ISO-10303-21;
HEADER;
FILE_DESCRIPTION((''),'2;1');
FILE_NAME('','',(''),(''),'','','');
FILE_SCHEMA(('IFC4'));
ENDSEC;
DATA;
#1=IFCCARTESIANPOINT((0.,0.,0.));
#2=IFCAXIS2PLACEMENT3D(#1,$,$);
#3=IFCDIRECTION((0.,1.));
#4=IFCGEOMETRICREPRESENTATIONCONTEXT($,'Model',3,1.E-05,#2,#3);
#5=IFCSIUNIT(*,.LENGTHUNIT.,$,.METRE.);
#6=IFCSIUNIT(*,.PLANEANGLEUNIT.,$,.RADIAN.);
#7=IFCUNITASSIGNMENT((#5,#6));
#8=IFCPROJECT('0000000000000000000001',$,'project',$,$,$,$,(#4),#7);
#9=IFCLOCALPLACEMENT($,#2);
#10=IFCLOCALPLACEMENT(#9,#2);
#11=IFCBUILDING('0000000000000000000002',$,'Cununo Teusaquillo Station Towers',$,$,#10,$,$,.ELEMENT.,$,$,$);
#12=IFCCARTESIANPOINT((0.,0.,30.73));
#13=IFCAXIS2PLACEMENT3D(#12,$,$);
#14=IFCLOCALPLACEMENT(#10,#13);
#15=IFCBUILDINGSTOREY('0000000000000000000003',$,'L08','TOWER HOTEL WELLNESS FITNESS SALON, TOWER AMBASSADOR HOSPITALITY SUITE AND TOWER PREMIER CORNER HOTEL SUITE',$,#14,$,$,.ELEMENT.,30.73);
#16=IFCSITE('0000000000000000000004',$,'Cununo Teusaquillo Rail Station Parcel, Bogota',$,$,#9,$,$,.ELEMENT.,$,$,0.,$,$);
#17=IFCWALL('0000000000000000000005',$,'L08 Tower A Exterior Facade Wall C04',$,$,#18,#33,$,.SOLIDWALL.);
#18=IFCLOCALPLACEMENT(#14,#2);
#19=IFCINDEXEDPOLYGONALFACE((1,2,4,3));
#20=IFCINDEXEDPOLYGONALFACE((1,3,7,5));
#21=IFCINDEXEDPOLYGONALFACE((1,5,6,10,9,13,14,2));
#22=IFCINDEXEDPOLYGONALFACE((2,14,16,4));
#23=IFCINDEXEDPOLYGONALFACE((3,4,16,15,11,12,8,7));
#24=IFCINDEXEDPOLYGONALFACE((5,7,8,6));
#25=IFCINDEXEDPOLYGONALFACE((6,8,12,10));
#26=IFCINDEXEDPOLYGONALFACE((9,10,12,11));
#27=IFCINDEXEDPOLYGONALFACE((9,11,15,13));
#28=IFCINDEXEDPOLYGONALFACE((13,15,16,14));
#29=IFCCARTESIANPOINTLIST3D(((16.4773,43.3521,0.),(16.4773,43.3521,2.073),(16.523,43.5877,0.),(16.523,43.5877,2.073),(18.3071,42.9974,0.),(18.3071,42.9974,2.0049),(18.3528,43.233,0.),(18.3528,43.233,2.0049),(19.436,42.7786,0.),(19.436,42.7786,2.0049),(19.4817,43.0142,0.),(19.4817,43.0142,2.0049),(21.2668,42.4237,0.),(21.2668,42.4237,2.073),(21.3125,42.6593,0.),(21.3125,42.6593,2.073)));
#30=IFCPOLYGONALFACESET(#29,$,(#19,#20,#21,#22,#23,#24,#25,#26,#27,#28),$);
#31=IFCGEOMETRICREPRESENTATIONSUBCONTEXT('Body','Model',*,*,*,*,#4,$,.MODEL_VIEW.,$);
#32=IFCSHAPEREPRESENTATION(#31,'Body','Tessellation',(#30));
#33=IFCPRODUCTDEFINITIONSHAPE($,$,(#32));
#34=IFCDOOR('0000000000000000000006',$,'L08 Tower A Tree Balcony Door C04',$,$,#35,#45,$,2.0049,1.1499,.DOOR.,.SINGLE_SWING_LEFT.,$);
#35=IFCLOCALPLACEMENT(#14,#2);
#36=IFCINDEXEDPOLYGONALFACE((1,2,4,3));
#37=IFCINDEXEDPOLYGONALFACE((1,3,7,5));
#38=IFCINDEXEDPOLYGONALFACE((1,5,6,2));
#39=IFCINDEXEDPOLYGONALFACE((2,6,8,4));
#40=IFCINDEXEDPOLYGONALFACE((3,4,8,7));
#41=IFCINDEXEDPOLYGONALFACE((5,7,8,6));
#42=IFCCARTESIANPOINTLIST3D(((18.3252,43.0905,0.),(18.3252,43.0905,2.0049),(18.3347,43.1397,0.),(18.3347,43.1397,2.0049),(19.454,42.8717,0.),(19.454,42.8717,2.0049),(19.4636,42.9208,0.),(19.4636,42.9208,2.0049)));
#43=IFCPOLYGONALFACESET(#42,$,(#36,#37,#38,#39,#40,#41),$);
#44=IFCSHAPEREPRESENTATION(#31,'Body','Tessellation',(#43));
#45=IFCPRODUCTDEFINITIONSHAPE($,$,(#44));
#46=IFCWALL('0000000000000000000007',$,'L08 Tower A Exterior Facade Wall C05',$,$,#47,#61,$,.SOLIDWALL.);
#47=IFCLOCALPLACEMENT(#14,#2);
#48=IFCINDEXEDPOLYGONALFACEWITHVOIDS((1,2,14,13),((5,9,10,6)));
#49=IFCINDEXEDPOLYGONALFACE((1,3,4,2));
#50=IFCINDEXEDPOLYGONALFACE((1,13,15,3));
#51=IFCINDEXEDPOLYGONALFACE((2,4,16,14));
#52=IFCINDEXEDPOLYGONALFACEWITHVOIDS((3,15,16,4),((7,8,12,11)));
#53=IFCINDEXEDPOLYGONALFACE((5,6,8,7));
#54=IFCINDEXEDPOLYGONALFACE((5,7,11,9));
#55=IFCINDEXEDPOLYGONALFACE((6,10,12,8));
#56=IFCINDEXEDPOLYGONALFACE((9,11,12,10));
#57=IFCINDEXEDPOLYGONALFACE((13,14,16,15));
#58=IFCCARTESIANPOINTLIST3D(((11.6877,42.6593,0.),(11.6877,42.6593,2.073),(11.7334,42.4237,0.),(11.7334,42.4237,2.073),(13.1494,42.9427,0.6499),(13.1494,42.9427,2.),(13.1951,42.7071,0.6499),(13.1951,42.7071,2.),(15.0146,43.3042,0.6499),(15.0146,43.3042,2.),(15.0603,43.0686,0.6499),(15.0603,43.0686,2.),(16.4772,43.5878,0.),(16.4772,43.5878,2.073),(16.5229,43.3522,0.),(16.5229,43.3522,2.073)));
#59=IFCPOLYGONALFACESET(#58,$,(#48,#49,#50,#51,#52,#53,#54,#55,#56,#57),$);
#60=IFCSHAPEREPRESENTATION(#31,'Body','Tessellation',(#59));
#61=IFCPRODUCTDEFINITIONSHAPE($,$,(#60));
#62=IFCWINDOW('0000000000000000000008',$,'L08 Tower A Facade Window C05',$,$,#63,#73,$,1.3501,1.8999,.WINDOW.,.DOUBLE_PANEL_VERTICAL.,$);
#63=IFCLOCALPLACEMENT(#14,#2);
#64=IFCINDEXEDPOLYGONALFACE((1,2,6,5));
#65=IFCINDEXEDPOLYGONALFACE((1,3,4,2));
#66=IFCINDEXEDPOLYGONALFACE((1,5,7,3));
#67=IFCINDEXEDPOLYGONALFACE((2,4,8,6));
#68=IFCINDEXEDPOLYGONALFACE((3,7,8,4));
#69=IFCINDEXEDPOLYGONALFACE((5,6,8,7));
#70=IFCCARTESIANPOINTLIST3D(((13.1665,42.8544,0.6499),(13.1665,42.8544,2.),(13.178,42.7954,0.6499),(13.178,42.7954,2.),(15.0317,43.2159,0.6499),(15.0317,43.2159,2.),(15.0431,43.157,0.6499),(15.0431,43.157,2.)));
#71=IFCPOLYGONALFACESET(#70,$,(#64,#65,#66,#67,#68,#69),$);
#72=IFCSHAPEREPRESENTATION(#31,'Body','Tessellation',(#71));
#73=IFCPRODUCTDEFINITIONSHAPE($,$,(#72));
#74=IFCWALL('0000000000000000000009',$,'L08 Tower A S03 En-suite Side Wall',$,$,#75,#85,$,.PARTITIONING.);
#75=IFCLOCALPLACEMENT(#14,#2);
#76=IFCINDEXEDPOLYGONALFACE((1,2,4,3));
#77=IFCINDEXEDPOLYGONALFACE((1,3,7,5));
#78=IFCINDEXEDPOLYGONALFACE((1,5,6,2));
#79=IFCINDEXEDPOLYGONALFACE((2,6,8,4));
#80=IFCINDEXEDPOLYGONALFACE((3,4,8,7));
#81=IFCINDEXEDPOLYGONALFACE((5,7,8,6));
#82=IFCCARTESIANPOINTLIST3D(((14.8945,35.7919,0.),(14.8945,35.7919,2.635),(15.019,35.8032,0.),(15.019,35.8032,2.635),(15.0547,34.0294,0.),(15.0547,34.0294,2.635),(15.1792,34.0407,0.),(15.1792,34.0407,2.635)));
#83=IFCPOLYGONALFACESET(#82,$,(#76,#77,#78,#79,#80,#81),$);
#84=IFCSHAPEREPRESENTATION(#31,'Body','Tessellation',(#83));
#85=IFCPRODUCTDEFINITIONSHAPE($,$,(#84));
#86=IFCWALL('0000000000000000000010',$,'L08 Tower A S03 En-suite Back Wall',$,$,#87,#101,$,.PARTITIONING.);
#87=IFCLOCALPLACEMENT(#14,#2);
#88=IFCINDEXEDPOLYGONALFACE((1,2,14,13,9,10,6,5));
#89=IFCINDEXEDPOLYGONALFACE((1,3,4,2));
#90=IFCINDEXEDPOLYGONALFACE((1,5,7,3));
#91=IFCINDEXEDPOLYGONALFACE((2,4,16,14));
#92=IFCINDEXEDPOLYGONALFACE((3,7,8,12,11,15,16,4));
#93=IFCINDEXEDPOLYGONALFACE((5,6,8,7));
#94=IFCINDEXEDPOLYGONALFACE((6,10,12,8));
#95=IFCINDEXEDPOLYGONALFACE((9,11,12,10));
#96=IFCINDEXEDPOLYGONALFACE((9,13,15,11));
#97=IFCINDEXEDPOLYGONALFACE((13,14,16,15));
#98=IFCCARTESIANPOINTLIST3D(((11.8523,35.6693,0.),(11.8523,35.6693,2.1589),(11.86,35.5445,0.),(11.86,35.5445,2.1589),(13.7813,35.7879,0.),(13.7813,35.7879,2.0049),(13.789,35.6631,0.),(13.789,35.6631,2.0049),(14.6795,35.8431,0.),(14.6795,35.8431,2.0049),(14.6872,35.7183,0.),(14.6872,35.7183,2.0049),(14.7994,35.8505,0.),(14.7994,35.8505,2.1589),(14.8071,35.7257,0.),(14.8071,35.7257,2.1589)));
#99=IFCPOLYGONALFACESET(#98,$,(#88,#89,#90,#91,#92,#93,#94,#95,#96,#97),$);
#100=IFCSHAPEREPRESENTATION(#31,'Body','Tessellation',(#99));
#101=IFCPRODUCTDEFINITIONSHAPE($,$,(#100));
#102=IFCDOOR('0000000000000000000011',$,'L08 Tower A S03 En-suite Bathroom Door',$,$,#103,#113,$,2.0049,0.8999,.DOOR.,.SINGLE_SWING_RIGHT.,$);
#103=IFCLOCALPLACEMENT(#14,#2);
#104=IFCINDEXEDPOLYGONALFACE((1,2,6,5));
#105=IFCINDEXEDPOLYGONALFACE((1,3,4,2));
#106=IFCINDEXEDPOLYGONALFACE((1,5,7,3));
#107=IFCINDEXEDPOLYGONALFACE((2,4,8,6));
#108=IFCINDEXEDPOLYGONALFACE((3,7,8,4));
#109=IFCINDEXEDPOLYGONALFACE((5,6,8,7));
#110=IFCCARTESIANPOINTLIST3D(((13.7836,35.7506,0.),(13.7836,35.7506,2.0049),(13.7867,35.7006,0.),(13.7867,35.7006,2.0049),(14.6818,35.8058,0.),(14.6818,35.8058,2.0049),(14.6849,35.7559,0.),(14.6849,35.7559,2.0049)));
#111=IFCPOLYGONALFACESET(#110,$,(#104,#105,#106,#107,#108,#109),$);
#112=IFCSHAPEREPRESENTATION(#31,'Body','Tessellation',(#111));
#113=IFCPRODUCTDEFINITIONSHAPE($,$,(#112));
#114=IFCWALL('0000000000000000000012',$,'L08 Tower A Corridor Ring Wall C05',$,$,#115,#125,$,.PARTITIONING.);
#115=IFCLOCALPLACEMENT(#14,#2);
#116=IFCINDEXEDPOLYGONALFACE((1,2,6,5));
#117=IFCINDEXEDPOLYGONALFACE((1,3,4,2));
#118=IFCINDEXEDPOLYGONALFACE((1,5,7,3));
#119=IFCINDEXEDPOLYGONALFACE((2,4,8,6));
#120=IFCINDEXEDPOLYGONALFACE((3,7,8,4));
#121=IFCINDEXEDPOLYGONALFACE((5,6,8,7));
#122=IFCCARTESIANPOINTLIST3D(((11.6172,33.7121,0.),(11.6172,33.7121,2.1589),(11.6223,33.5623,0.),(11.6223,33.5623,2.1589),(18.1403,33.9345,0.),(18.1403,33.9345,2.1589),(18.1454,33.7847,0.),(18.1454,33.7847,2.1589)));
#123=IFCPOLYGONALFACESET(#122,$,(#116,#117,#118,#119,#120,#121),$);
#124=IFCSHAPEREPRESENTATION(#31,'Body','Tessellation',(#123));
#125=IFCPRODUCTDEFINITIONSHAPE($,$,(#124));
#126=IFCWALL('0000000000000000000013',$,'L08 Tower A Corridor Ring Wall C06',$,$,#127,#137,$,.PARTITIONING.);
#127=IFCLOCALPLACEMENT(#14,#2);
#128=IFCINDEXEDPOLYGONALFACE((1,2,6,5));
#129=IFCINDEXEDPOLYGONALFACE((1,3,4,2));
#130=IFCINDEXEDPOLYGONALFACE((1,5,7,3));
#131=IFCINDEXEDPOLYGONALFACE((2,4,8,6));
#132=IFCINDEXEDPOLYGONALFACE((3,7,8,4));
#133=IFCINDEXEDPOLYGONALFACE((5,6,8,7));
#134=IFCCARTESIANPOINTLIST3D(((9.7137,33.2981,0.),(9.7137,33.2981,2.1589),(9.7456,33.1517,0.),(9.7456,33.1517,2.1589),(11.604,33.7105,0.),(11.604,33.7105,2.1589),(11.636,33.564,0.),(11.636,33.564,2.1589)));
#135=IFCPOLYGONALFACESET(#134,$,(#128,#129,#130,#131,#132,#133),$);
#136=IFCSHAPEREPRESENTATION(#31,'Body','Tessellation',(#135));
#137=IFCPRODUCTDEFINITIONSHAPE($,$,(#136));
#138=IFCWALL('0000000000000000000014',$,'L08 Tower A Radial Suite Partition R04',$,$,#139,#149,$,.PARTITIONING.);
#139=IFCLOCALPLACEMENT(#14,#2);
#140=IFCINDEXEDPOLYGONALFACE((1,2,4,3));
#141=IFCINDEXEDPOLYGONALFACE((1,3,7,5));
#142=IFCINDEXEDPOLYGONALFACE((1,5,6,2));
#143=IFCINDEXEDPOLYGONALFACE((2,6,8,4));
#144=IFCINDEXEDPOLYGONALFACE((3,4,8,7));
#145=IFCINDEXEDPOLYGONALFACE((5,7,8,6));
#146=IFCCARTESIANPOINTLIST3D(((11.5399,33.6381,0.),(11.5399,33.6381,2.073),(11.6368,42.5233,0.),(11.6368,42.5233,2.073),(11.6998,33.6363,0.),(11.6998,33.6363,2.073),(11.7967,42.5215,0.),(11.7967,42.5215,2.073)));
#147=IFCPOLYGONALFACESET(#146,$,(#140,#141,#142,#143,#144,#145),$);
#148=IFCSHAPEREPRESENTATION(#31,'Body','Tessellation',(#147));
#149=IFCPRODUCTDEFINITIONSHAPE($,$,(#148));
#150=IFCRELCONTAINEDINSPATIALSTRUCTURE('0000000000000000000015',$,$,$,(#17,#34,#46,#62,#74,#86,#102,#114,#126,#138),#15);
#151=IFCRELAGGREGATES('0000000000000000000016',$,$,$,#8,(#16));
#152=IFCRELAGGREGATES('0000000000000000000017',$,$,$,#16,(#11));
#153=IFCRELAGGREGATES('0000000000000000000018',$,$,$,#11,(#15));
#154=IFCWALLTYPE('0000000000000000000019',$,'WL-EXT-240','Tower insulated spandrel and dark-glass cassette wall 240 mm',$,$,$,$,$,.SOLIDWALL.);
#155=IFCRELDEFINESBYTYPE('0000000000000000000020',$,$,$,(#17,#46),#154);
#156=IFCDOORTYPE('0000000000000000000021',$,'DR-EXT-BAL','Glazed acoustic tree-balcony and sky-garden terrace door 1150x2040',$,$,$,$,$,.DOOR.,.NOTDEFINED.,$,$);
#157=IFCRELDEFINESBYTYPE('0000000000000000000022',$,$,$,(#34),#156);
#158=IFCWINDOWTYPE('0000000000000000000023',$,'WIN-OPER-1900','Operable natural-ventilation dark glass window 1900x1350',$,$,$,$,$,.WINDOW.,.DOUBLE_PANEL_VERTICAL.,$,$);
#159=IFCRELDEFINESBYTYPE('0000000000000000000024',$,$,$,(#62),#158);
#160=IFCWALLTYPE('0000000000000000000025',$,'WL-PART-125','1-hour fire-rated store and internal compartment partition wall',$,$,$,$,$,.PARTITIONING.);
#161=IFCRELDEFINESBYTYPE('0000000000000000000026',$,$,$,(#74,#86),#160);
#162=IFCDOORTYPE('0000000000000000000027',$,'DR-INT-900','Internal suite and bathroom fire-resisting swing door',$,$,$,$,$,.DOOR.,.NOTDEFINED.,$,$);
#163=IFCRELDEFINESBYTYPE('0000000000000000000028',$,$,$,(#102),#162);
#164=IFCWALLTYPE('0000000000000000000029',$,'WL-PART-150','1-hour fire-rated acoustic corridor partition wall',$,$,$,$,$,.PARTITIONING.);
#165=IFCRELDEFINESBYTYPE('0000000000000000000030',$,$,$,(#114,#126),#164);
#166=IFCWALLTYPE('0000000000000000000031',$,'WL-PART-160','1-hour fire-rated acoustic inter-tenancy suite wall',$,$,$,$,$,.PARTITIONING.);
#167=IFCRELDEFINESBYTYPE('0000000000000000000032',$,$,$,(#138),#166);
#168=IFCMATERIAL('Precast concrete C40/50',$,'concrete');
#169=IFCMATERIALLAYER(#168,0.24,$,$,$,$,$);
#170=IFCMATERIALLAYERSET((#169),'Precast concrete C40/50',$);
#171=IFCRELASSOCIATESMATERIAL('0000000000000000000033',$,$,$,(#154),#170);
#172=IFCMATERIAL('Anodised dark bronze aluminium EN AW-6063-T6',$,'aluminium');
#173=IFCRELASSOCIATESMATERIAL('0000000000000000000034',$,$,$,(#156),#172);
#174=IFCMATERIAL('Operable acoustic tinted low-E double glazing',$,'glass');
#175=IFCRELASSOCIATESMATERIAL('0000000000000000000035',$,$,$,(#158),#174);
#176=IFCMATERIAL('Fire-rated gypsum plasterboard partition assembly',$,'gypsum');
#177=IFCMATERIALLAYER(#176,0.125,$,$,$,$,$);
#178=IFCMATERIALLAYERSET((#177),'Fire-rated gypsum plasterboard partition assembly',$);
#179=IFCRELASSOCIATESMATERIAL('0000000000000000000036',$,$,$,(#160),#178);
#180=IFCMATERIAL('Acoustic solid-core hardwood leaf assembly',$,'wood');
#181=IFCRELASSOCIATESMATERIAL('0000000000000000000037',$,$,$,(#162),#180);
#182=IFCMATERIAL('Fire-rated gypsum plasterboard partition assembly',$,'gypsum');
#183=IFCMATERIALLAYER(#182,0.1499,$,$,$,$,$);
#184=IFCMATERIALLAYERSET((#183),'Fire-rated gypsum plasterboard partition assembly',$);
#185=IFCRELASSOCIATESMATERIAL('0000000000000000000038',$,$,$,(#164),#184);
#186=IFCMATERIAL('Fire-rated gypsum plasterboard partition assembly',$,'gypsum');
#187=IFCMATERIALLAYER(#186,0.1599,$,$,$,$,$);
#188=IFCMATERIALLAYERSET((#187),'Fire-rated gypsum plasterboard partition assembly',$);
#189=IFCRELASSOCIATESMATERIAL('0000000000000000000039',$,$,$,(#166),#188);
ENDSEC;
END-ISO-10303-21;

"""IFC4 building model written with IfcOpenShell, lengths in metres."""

from ifc_helpers import new_model, si_unit, direction, frame, frame_2d, origin, place, context, subcontext, project, spatial, rectangle, extrude, source, transform, mapped, material, layer, layer_set, type_object, element, fill, save


model = new_model("IFC4")

# Units and contexts
model_context = context("Model", 3, precision=1e-05, world=origin(), true_north=direction((0.0, 1.0)))
body_context = subcontext(model_context, "Body", "Model", "MODEL_VIEW")
ifc_project = project(units=[si_unit("LENGTHUNIT", "METRE"), si_unit("PLANEANGLEUNIT", "RADIAN")], contexts=[model_context])

# Site, building, storey
site_placement = place(None, origin())
site = spatial("IfcSite", under=ifc_project, at=site_placement, Name="Cununo Teusaquillo Rail Station Parcel, Bogota", CompositionType="ELEMENT", RefElevation=0.0)
building_placement = place(site_placement, origin())
building = spatial("IfcBuilding", under=site, at=building_placement, Name="Cununo Teusaquillo Station Towers", CompositionType="ELEMENT")
storey_placement = place(building_placement, frame((0.0, 0.0, 30.73)))
storey = spatial("IfcBuildingStorey", under=building, at=storey_placement, Name="L08", Description="TOWER HOTEL WELLNESS FITNESS SALON, TOWER AMBASSADOR HOSPITALITY SUITE AND TOWER PREMIER CORNER HOTEL SUITE", CompositionType="ELEMENT", Elevation=30.73)

# Wall, opening, door
ifc_material_1 = material(Name="Precast concrete C40/50", Category="concrete")
ifc_layer_1 = layer(ifc_material_1, 0.24)
ifc_layer_set_1 = layer_set([ifc_layer_1], Name="Precast concrete C40/50")
wall_type_1 = type_object("IfcWallType", Name="WL-EXT-240", Description="Tower insulated spandrel and dark-glass cassette wall 240 mm", PredefinedType="SOLIDWALL", material=ifc_layer_set_1)
wall_1_placement = place(storey_placement, frame((16.5, 43.47, 0.0), z_axis=(0.0, 0.0, 1.0), x_axis=(0.981724, -0.19031, 0.0)))
wall_1 = element("IfcWall", 1, at=wall_1_placement, inside=storey, type_object=wall_type_1, Name="L08 Tower A Exterior Facade Wall C04", PredefinedType="SOLIDWALL", context=body_context, shape_type="SweptSolid", body=[
    extrude(rectangle(XDim=4.8787, YDim=0.24, at=frame_2d((2.4395, 0.0))), origin(), (0.0, 0.0, 1.0), 2.073),
])
shared_shape_1 = source(origin(), body_context, "Body", "SweptSolid", [
    extrude(rectangle(XDim=1.1499, YDim=2.0049, at=frame_2d((0.575, 1.0024))), frame((0.0, 0.1299, 0.0), z_axis=(0.0, -1.0, 0.0), x_axis=(1.0, 0.0, 0.0)), (0.0, 0.0, 1.0), 0.26),
])
opening_1_placement = place(wall_1_placement, frame((1.864, 0.0, 0.0)))
opening_1 = element("IfcOpeningElement", 2, at=opening_1_placement, cuts=wall_1, PredefinedType="OPENING", context=body_context, shape_type="MappedRepresentation", body=[
    mapped(shared_shape_1, transform((0.0, 0.0, 0.0), x_axis=(1.0, 0.0, 0.0), y_axis=(0.0, 1.0, 0.0), z_axis=(0.0, 0.0, 1.0), scale=1.0)),
])
ifc_material_2 = material(Name="Anodised dark bronze aluminium EN AW-6063-T6", Category="aluminium")
door_type_1 = type_object("IfcDoorType", Name="DR-EXT-BAL", Description="Glazed acoustic tree-balcony and sky-garden terrace door 1150x2040", OperationType="NOTDEFINED", PredefinedType="DOOR", material=ifc_material_2)
shared_shape_2 = source(origin(), body_context, "Body", "SweptSolid", [
    extrude(rectangle(XDim=1.1499, YDim=2.0049, at=frame_2d((0.575, 1.0024))), frame((0.0, 0.0249, 0.0), z_axis=(0.0, -1.0, 0.0), x_axis=(1.0, 0.0, 0.0)), (0.0, 0.0, 1.0), 0.05),
])
door_1_placement = place(opening_1_placement, origin())
door_1 = element("IfcDoor", 3, at=door_1_placement, inside=storey, type_object=door_type_1, Name="L08 Tower A Tree Balcony Door C04", OperationType="SINGLE_SWING_LEFT", OverallHeight=2.0049, OverallWidth=1.1499, PredefinedType="DOOR", context=body_context, shape_type="MappedRepresentation", body=[
    mapped(shared_shape_2, transform((0.0, 0.0, 0.0), x_axis=(1.0, 0.0, 0.0), y_axis=(0.0, 1.0, 0.0), z_axis=(0.0, 0.0, 1.0), scale=1.0)),
])
fill(opening_1, door_1)

# Wall, opening, window
wall_2_placement = place(storey_placement, frame((11.7104, 42.5415, 0.0), z_axis=(0.0, 0.0, 1.0), x_axis=(0.981724, 0.19031, 0.0)))
wall_2 = element("IfcWall", 4, at=wall_2_placement, inside=storey, type_object=wall_type_1, Name="L08 Tower A Exterior Facade Wall C05", PredefinedType="SOLIDWALL", context=body_context, shape_type="SweptSolid", body=[
    extrude(rectangle(XDim=4.8787, YDim=0.24, at=frame_2d((2.4395, 0.0))), origin(), (0.0, 0.0, 1.0), 2.073),
])
shared_shape_3 = source(origin(), body_context, "Body", "SweptSolid", [
    extrude(rectangle(XDim=1.8999, YDim=1.3501, at=frame_2d((0.95, 0.675))), frame((0.0, 0.1299, 0.0), z_axis=(0.0, -1.0, 0.0), x_axis=(1.0, 0.0, 0.0)), (0.0, 0.0, 1.0), 0.26),
])
opening_2_placement = place(wall_2_placement, frame((1.489, 0.0, 0.6499)))
opening_2 = element("IfcOpeningElement", 5, at=opening_2_placement, cuts=wall_2, PredefinedType="OPENING", context=body_context, shape_type="MappedRepresentation", body=[
    mapped(shared_shape_3, transform((0.0, 0.0, 0.0), x_axis=(1.0, 0.0, 0.0), y_axis=(0.0, 1.0, 0.0), z_axis=(0.0, 0.0, 1.0), scale=1.0)),
])
ifc_material_3 = material(Name="Operable acoustic tinted low-E double glazing", Category="glass")
window_type = type_object("IfcWindowType", Name="WIN-OPER-1900", Description="Operable natural-ventilation dark glass window 1900x1350", PartitioningType="DOUBLE_PANEL_VERTICAL", PredefinedType="WINDOW", material=ifc_material_3)
shared_shape_4 = source(origin(), body_context, "Body", "SweptSolid", [
    extrude(rectangle(XDim=1.8999, YDim=1.3501, at=frame_2d((0.95, 0.675))), frame((0.0, 0.03, 0.0), z_axis=(0.0, -1.0, 0.0), x_axis=(1.0, 0.0, 0.0)), (0.0, 0.0, 1.0), 0.0601),
])
window_placement = place(opening_2_placement, origin())
window = element("IfcWindow", 6, at=window_placement, inside=storey, type_object=window_type, Name="L08 Tower A Facade Window C05", OverallHeight=1.3501, OverallWidth=1.8999, PartitioningType="DOUBLE_PANEL_VERTICAL", PredefinedType="WINDOW", context=body_context, shape_type="MappedRepresentation", body=[
    mapped(shared_shape_4, transform((0.0, 0.0, 0.0), x_axis=(1.0, 0.0, 0.0), y_axis=(0.0, 1.0, 0.0), z_axis=(0.0, 0.0, 1.0), scale=1.0)),
])
fill(opening_2, window)

# Wall
ifc_material_4 = material(Name="Fire-rated gypsum plasterboard partition assembly", Category="gypsum")
ifc_layer_2 = layer(ifc_material_4, 0.125)
ifc_layer_set_2 = layer_set([ifc_layer_2], Name="Fire-rated gypsum plasterboard partition assembly")
wall_type_2 = type_object("IfcWallType", Name="WL-PART-125", Description="1-hour fire-rated store and internal compartment partition wall", PredefinedType="PARTITIONING", material=ifc_layer_set_2)
wall_3_placement = place(storey_placement, frame((15.1169, 34.0352, 0.0), z_axis=(0.0, 0.0, 1.0), x_axis=(-0.090498, 0.995897, 0.0)))
element("IfcWall", 7, at=wall_3_placement, inside=storey, type_object=wall_type_2, Name="L08 Tower A S03 En-suite Side Wall", PredefinedType="PARTITIONING", context=body_context, shape_type="SweptSolid", body=[
    extrude(rectangle(XDim=1.7698, YDim=0.125, at=frame_2d((0.8848, 0.0))), origin(), (0.0, 0.0, 1.0), 2.635),
])

# Wall, opening, door
wall_4_placement = place(storey_placement, frame((14.8032, 35.7881, 0.0), z_axis=(0.0, 0.0, 1.0), x_axis=(-0.998116, -0.061354, 0.0)))
wall_4 = element("IfcWall", 8, at=wall_4_placement, inside=storey, type_object=wall_type_2, Name="L08 Tower A S03 En-suite Back Wall", PredefinedType="PARTITIONING", context=body_context, shape_type="SweptSolid", body=[
    extrude(rectangle(XDim=2.9526, YDim=0.125, at=frame_2d((1.4763, 0.0))), origin(), (0.0, 0.0, 1.0), 2.1589),
])
shared_shape_5 = source(origin(), body_context, "Body", "SweptSolid", [
    extrude(rectangle(XDim=0.8999, YDim=2.0049, at=frame_2d((0.45, 1.0024))), frame((0.0, 0.0725, 0.0), z_axis=(0.0, -1.0, 0.0), x_axis=(1.0, 0.0, 0.0)), (0.0, 0.0, 1.0), 0.145),
])
opening_3_placement = place(wall_4_placement, frame((0.1201, 0.0, 0.0)))
opening_3 = element("IfcOpeningElement", 9, at=opening_3_placement, cuts=wall_4, PredefinedType="OPENING", context=body_context, shape_type="MappedRepresentation", body=[
    mapped(shared_shape_5, transform((0.0, 0.0, 0.0), x_axis=(1.0, 0.0, 0.0), y_axis=(0.0, 1.0, 0.0), z_axis=(0.0, 0.0, 1.0), scale=1.0)),
])
ifc_material_5 = material(Name="Acoustic solid-core hardwood leaf assembly", Category="wood")
door_type_2 = type_object("IfcDoorType", Name="DR-INT-900", Description="Internal suite and bathroom fire-resisting swing door", OperationType="NOTDEFINED", PredefinedType="DOOR", material=ifc_material_5)
shared_shape_6 = source(origin(), body_context, "Body", "SweptSolid", [
    extrude(rectangle(XDim=0.8999, YDim=2.0049, at=frame_2d((0.45, 1.0024))), frame((0.0, 0.0249, 0.0), z_axis=(0.0, -1.0, 0.0), x_axis=(1.0, 0.0, 0.0)), (0.0, 0.0, 1.0), 0.05),
])
door_2_placement = place(opening_3_placement, origin())
door_2 = element("IfcDoor", 10, at=door_2_placement, inside=storey, type_object=door_type_2, Name="L08 Tower A S03 En-suite Bathroom Door", OperationType="SINGLE_SWING_RIGHT", OverallHeight=2.0049, OverallWidth=0.8999, PredefinedType="DOOR", context=body_context, shape_type="MappedRepresentation", body=[
    mapped(shared_shape_6, transform((0.0, 0.0, 0.0), x_axis=(1.0, 0.0, 0.0), y_axis=(0.0, 1.0, 0.0), z_axis=(0.0, 0.0, 1.0), scale=1.0)),
])
fill(opening_3, door_2)

# Walls
ifc_material_6 = material(Name="Fire-rated gypsum plasterboard partition assembly", Category="gypsum")
ifc_layer_3 = layer(ifc_material_6, 0.1499)
ifc_layer_set_3 = layer_set([ifc_layer_3], Name="Fire-rated gypsum plasterboard partition assembly")
wall_type_3 = type_object("IfcWallType", Name="WL-PART-150", Description="1-hour fire-rated acoustic corridor partition wall", PredefinedType="PARTITIONING", material=ifc_layer_set_3)
wall_5_placement = place(storey_placement, frame((18.1428, 33.8596, 0.0), z_axis=(0.0, 0.0, 1.0), x_axis=(-0.999419, -0.034077, 0.0)))
element("IfcWall", 11, at=wall_5_placement, inside=storey, type_object=wall_type_3, Name="L08 Tower A Corridor Ring Wall C05", PredefinedType="PARTITIONING", context=body_context, shape_type="SweptSolid", body=[
    extrude(rectangle(XDim=6.5269, YDim=0.1499, at=frame_2d((3.2634, 0.0))), origin(), (0.0, 0.0, 1.0), 2.1589),
])
wall_6_placement = place(storey_placement, frame((11.6199, 33.6372, 0.0), z_axis=(0.0, 0.0, 1.0), x_axis=(-0.977026, -0.213121, 0.0)))
element("IfcWall", 12, at=wall_6_placement, inside=storey, type_object=wall_type_3, Name="L08 Tower A Corridor Ring Wall C06", PredefinedType="PARTITIONING", context=body_context, shape_type="SweptSolid", body=[
    extrude(rectangle(XDim=1.9348, YDim=0.1499, at=frame_2d((0.9673, 0.0))), origin(), (0.0, 0.0, 1.0), 2.1589),
])
ifc_material_7 = material(Name="Fire-rated gypsum plasterboard partition assembly", Category="gypsum")
ifc_layer_4 = layer(ifc_material_7, 0.1599)
ifc_layer_set_4 = layer_set([ifc_layer_4], Name="Fire-rated gypsum plasterboard partition assembly")
wall_type_4 = type_object("IfcWallType", Name="WL-PART-160", Description="1-hour fire-rated acoustic inter-tenancy suite wall", PredefinedType="PARTITIONING", material=ifc_layer_set_4)
wall_7_placement = place(storey_placement, frame((11.6199, 33.6372, 0.0), z_axis=(0.0, 0.0, 1.0), x_axis=(0.010908, 0.999941, 0.0)))
element("IfcWall", 13, at=wall_7_placement, inside=storey, type_object=wall_type_4, Name="L08 Tower A Radial Suite Partition R04", PredefinedType="PARTITIONING", context=body_context, shape_type="SweptSolid", body=[
    extrude(rectangle(XDim=8.8857, YDim=0.1599, at=frame_2d((4.4429, 0.0))), origin(), (0.0, 0.0, 1.0), 2.073),
])

save(model, "model.ifc")
